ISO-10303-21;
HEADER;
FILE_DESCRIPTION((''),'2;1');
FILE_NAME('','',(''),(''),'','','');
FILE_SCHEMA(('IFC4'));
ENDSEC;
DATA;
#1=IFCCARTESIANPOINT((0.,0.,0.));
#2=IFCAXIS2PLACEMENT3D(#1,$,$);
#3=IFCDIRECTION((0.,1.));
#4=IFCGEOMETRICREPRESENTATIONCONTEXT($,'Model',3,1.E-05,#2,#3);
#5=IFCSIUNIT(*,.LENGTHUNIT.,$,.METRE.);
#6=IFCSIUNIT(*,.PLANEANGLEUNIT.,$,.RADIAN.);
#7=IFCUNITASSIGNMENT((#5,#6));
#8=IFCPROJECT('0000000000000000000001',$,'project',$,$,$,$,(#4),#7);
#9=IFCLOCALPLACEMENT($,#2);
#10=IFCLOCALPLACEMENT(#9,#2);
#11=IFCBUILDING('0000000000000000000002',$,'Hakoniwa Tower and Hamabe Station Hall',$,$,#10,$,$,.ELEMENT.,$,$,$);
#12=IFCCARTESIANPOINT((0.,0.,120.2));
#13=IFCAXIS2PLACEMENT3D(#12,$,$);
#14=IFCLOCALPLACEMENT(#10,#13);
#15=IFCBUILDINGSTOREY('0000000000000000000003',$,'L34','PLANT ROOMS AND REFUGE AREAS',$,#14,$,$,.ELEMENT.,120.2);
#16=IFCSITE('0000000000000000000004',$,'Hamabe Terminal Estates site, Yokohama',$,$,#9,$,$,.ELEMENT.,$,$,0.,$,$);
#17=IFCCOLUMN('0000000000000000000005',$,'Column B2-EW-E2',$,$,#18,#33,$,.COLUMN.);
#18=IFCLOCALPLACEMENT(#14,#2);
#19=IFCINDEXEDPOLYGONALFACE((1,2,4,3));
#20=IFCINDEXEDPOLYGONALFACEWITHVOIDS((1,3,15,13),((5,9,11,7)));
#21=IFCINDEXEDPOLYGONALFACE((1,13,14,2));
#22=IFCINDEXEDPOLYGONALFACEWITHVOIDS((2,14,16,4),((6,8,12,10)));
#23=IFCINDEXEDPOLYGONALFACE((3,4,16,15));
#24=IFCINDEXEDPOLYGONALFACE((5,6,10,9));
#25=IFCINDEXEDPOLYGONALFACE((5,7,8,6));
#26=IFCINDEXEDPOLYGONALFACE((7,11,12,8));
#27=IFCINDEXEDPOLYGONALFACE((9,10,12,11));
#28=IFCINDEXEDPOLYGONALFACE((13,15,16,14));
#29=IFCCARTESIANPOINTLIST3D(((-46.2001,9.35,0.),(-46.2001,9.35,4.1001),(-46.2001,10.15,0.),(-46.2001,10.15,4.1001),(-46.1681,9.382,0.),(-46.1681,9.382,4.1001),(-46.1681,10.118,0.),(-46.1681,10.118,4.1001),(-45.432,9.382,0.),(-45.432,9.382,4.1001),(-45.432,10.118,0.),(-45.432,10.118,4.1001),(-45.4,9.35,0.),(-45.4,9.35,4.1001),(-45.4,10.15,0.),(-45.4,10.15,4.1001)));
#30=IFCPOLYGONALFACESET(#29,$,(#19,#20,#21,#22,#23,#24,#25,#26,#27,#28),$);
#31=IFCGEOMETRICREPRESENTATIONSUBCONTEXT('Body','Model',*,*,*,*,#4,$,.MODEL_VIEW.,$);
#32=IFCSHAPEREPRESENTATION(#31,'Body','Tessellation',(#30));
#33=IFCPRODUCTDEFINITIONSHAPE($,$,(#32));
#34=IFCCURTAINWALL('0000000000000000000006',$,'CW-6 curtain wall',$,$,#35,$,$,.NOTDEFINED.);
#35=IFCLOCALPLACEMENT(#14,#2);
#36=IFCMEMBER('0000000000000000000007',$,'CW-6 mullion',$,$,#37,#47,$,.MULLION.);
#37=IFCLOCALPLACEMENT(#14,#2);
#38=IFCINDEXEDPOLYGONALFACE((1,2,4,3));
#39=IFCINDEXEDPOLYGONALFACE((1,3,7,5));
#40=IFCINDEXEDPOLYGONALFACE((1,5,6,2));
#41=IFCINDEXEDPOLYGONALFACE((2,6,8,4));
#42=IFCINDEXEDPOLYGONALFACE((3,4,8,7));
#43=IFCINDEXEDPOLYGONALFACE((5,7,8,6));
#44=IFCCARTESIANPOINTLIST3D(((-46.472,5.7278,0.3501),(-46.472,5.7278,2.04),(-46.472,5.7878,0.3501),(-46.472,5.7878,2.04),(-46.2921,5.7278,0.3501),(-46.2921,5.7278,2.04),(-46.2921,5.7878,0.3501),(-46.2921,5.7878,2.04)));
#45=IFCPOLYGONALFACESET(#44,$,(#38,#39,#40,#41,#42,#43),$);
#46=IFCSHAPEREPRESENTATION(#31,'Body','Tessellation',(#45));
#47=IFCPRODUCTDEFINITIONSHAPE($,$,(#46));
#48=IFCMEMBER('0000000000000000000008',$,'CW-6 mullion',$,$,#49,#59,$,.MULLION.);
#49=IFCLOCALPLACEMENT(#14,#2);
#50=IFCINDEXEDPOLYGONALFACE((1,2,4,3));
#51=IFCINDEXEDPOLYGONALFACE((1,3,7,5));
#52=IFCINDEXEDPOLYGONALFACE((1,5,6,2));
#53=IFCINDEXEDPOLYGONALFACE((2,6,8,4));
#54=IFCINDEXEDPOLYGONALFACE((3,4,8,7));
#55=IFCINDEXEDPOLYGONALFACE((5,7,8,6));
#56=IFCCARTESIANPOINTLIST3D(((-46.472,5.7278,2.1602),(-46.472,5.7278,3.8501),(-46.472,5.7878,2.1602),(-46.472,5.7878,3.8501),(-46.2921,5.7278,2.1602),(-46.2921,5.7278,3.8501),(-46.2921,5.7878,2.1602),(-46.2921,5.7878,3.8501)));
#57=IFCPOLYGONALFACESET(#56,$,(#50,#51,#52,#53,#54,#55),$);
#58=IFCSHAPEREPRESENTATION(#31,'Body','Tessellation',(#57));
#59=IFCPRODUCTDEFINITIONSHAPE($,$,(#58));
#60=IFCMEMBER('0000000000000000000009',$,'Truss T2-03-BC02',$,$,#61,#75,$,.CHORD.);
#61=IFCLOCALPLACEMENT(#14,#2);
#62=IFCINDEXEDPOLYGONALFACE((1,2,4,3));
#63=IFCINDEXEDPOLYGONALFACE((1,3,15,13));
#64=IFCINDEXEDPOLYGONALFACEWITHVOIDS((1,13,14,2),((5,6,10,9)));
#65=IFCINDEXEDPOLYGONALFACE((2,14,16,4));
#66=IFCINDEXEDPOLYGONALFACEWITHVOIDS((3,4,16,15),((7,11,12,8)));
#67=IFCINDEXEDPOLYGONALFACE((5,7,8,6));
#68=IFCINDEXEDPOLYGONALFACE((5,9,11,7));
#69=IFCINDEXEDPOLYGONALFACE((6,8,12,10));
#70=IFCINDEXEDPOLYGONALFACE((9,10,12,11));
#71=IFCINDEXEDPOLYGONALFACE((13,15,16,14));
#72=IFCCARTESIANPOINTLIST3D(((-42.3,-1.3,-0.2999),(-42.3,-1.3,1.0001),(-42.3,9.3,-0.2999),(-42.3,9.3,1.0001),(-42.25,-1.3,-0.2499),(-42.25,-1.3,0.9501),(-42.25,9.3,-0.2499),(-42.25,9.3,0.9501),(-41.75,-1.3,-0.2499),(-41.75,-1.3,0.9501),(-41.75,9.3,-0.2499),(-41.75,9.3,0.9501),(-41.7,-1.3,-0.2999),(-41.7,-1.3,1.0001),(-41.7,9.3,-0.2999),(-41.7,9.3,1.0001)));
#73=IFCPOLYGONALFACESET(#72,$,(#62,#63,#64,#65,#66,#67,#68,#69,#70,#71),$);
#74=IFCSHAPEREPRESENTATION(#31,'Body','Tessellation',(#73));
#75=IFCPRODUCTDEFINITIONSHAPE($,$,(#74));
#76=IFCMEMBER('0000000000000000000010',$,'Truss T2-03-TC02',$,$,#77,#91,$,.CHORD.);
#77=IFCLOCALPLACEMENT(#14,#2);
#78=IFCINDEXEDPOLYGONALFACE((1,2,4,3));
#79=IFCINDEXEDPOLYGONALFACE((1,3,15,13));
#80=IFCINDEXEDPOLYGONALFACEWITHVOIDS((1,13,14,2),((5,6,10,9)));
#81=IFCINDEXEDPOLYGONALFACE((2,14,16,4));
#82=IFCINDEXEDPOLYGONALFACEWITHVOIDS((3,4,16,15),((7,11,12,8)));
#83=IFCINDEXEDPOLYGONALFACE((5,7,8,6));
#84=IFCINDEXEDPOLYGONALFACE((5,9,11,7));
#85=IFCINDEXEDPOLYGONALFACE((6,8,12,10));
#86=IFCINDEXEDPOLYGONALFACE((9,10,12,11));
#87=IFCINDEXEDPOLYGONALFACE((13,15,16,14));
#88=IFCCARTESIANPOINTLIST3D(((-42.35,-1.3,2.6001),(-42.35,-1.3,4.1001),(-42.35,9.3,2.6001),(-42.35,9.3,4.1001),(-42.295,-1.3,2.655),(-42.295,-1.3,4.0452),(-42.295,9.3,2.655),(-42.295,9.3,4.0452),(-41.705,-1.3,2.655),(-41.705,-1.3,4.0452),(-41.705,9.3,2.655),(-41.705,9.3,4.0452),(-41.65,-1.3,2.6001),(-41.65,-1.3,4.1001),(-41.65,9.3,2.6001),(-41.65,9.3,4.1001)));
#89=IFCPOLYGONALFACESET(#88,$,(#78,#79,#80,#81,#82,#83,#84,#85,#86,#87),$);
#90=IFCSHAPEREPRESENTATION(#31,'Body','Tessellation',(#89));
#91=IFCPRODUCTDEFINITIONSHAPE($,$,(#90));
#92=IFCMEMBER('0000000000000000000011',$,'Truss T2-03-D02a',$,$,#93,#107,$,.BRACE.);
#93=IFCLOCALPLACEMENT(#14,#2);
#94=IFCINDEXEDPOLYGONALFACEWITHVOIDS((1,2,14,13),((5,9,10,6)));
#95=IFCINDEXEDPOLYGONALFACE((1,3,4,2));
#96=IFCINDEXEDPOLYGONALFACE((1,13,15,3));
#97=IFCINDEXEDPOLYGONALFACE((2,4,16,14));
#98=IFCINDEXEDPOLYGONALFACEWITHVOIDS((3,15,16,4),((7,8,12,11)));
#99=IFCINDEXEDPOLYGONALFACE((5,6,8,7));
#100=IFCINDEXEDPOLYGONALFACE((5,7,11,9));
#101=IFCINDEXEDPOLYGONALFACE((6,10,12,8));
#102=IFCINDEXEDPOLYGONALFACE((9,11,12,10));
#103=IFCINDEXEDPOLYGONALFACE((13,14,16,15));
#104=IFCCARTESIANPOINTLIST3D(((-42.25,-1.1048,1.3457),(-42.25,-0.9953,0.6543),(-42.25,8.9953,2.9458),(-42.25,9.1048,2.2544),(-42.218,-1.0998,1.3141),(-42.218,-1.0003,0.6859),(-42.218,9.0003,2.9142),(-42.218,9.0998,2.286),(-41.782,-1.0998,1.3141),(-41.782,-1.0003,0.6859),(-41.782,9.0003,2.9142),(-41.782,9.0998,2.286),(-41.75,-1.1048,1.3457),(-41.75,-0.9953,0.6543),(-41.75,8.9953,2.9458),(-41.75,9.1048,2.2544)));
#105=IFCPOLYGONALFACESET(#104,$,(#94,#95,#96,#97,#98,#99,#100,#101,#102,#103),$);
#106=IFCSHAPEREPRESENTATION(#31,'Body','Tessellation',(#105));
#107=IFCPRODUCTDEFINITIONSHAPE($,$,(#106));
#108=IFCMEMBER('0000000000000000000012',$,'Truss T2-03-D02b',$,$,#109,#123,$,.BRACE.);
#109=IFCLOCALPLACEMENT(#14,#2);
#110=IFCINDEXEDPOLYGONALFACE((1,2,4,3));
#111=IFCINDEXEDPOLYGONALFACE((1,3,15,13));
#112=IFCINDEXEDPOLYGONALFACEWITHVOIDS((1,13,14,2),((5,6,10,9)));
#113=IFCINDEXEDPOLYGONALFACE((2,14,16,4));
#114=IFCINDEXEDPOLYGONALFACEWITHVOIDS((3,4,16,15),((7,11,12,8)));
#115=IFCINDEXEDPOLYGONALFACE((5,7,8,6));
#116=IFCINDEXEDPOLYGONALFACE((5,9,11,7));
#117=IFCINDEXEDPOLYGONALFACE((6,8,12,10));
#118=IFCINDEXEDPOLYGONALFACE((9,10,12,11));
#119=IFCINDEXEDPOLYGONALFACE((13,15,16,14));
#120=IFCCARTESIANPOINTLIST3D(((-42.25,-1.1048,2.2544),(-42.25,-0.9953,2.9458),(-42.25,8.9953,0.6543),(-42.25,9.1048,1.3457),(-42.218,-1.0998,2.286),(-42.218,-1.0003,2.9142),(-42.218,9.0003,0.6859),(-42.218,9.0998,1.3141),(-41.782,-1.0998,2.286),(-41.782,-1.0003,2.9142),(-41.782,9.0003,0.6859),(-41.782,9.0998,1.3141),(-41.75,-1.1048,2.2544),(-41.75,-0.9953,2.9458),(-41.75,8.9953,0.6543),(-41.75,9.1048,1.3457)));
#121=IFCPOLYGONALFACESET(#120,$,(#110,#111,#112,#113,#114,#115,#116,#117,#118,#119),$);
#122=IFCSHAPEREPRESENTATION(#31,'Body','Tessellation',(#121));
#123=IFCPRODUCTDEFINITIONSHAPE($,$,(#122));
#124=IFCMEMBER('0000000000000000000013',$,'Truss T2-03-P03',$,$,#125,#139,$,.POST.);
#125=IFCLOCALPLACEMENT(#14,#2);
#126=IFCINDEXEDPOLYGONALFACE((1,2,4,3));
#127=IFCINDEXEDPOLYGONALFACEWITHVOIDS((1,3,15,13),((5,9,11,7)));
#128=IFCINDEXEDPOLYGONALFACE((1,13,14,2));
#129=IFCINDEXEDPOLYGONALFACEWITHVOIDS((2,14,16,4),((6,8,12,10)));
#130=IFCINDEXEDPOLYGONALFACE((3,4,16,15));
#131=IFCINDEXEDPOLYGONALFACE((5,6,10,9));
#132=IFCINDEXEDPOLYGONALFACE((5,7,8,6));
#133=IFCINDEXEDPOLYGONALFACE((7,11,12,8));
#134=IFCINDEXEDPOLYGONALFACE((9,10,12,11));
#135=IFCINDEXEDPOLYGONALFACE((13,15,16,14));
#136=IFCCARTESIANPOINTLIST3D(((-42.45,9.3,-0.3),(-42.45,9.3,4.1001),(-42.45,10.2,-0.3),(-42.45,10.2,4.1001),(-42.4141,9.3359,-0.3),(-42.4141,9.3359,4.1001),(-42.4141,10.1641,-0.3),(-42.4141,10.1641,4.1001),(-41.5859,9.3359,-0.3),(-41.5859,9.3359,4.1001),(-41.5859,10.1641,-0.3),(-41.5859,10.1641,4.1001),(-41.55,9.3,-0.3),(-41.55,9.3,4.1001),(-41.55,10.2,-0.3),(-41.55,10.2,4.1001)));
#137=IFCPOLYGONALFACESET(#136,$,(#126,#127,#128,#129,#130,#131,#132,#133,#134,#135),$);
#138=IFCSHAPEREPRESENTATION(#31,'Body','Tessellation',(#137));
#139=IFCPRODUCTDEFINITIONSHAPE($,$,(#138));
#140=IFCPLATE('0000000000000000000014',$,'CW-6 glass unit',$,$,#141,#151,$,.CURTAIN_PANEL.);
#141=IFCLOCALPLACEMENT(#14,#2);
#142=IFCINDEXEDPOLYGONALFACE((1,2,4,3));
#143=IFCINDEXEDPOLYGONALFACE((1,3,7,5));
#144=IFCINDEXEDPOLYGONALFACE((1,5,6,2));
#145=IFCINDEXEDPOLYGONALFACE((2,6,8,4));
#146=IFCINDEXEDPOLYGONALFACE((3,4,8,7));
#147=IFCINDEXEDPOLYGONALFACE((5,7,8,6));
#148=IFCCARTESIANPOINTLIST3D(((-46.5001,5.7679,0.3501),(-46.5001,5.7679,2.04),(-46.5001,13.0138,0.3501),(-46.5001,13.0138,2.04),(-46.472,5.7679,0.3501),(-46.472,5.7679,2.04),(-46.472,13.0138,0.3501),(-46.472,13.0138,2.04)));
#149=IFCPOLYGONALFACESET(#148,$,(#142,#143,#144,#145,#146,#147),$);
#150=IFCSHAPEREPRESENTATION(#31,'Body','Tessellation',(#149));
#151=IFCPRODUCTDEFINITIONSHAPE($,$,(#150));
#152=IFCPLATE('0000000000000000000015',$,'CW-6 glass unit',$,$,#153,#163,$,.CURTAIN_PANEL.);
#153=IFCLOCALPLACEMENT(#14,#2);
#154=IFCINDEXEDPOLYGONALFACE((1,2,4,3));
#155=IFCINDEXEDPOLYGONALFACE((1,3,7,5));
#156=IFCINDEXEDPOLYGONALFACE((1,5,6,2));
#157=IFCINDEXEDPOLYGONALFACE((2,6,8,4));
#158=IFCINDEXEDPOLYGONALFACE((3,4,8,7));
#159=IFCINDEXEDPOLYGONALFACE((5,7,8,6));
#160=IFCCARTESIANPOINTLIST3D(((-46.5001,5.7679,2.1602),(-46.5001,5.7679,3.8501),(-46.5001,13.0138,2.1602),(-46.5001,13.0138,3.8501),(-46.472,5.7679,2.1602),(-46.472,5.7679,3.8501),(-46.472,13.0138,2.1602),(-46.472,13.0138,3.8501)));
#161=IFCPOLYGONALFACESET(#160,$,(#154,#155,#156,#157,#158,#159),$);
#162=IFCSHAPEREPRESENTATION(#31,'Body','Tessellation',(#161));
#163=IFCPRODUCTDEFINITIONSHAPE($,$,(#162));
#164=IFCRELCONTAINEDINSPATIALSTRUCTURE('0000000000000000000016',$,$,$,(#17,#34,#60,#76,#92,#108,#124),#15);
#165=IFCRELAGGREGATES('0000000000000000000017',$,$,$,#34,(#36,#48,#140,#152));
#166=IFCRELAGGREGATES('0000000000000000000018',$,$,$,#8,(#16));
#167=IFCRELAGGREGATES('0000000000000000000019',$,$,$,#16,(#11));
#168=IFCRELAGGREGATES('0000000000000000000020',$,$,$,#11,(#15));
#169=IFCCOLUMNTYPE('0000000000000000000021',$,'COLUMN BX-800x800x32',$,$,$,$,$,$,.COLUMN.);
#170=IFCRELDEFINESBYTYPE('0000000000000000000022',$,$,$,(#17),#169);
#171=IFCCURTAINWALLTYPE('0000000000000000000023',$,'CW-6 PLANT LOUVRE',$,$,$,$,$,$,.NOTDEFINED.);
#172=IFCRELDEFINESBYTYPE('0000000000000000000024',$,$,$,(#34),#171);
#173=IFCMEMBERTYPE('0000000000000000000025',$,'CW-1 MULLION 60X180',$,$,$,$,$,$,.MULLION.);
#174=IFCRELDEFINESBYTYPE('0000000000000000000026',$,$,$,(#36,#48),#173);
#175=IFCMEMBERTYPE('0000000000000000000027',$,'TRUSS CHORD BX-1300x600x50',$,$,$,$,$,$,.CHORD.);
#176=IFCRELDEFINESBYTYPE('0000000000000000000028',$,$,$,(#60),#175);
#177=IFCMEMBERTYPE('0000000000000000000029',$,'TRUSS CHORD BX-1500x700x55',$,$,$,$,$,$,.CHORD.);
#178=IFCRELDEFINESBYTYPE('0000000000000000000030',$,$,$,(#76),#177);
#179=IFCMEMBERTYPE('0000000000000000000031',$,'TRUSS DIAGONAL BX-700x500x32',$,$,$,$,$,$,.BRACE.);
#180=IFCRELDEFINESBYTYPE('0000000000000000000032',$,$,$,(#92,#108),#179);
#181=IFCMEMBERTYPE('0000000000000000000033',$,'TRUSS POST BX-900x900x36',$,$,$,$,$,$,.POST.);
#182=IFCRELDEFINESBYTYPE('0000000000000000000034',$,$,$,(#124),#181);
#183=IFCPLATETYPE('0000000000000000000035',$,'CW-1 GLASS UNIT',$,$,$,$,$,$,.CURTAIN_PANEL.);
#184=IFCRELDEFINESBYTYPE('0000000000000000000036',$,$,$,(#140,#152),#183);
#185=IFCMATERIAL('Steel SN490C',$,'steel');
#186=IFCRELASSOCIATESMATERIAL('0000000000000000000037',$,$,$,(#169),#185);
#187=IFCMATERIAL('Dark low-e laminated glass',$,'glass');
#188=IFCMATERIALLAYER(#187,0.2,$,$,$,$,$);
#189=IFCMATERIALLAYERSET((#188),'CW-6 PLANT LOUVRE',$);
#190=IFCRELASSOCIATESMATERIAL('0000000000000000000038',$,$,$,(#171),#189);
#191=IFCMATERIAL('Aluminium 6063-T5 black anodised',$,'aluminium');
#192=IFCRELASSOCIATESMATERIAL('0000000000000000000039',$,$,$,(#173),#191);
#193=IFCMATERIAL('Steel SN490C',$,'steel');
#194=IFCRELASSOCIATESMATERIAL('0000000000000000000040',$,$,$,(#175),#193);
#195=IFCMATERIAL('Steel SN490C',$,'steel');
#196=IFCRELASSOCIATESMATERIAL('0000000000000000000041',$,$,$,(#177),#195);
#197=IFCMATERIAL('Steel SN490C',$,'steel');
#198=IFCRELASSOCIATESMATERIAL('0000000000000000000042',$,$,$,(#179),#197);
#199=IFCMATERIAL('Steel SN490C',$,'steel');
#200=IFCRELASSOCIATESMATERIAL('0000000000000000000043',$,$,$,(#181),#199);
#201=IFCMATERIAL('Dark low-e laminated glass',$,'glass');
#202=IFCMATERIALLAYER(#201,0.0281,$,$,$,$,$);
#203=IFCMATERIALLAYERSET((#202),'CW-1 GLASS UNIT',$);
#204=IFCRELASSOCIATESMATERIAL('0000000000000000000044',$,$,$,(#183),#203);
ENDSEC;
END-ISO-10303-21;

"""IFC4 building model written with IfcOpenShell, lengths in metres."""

from ifc_helpers import new_model, si_unit, direction, frame, origin, origin_2d, place, context, subcontext, project, spatial, rectangle, hollow_rectangle, extrude, material, layer, layer_set, material_profile, profile_set, type_object, element, aggregate, save


model = new_model("IFC4")

# Units and contexts
model_context = context("Model", 3, precision=1e-05, world=origin(), true_north=direction((0.0, 1.0)))
body_context = subcontext(model_context, "Body", "Model", "MODEL_VIEW")
ifc_project = project(units=[si_unit("LENGTHUNIT", "METRE"), si_unit("PLANEANGLEUNIT", "RADIAN")], contexts=[model_context])

# Site, building, storey
site_placement = place(None, origin())
site = spatial("IfcSite", under=ifc_project, at=site_placement, Name="Hamabe Terminal Estates site, Yokohama", CompositionType="ELEMENT", RefElevation=0.0)
building_placement = place(site_placement, origin())
building = spatial("IfcBuilding", under=site, at=building_placement, Name="Hakoniwa Tower and Hamabe Station Hall", CompositionType="ELEMENT")
storey_placement = place(building_placement, frame((0.0, 0.0, 120.2)))
storey = spatial("IfcBuildingStorey", under=building, at=storey_placement, Name="L34", Description="PLANT ROOMS AND REFUGE AREAS", CompositionType="ELEMENT", Elevation=120.2)

# Column
ifc_material_1 = material(Name="Steel SN490C", Category="steel")
ifc_material_profile_1 = material_profile(ifc_material_1, hollow_rectangle(XDim=0.8, YDim=0.8, WallThickness=0.032, at=origin_2d()), Name="BX-800x800x32")
ifc_profile_set_1 = profile_set([ifc_material_profile_1], Name="Steel SN490C")
column_type = type_object("IfcColumnType", Name="COLUMN BX-800x800x32", PredefinedType="COLUMN", material=ifc_profile_set_1)
column_placement = place(storey_placement, frame((-45.8, 9.75, 0.0), z_axis=(0.0, 0.0, 1.0), x_axis=(1.0, 0.0, 0.0)))
element("IfcColumn", 1, at=column_placement, inside=storey, type_object=column_type, Name="Column B2-EW-E2", PredefinedType="COLUMN", context=body_context, shape_type="SweptSolid", body=[
    extrude(hollow_rectangle(XDim=0.8, YDim=0.8, WallThickness=0.032, at=origin_2d()), origin(), (0.0, 0.0, 1.0), 4.1001),
])

# Curtain wall, members
ifc_material_2 = material(Name="Dark low-e laminated glass", Category="glass")
ifc_layer_1 = layer(ifc_material_2, 0.2)
ifc_layer_set_1 = layer_set([ifc_layer_1], Name="CW-6 PLANT LOUVRE")
curtain_wall_type = type_object("IfcCurtainWallType", Name="CW-6 PLANT LOUVRE", PredefinedType="NOTDEFINED", material=ifc_layer_set_1)
curtain_wall_placement = place(storey_placement, origin())
curtain_wall = element("IfcCurtainWall", 2, at=curtain_wall_placement, inside=storey, type_object=curtain_wall_type, Name="CW-6 curtain wall", PredefinedType="NOTDEFINED")
ifc_material_3 = material(Name="Aluminium 6063-T5 black anodised", Category="aluminium")
ifc_material_profile_2 = material_profile(ifc_material_3, rectangle(XDim=0.0601, YDim=0.1799, at=origin_2d()), Name="CW-1 MULLION 60X180")
ifc_profile_set_2 = profile_set([ifc_material_profile_2], Name="Aluminium 6063-T5 black anodised")
member_type_1 = type_object("IfcMemberType", Name="CW-1 MULLION 60X180", PredefinedType="MULLION", material=ifc_profile_set_2)
member_1_placement = place(storey_placement, frame((-46.3821, 5.7578, 0.3501), z_axis=(0.0, 0.0, 1.0), x_axis=(0.0, -1.0, 0.0)))
member_1 = element("IfcMember", 3, at=member_1_placement, type_object=member_type_1, Name="CW-6 mullion", PredefinedType="MULLION", context=body_context, shape_type="SweptSolid", body=[
    extrude(rectangle(XDim=0.0601, YDim=0.1799, at=origin_2d()), origin(), (0.0, 0.0, 1.0), 1.6899),
])
member_2_placement = place(storey_placement, frame((-46.3821, 5.7578, 2.1602), z_axis=(0.0, 0.0, 1.0), x_axis=(0.0, -1.0, 0.0)))
member_2 = element("IfcMember", 4, at=member_2_placement, type_object=member_type_1, Name="CW-6 mullion", PredefinedType="MULLION", context=body_context, shape_type="SweptSolid", body=[
    extrude(rectangle(XDim=0.0601, YDim=0.1799, at=origin_2d()), origin(), (0.0, 0.0, 1.0), 1.6899),
])

# Members
ifc_material_4 = material(Name="Steel SN490C", Category="steel")
ifc_material_profile_3 = material_profile(ifc_material_4, hollow_rectangle(XDim=0.6001, YDim=1.3, WallThickness=0.05, at=origin_2d()), Name="BX-1300x600x50")
ifc_profile_set_3 = profile_set([ifc_material_profile_3], Name="Steel SN490C")
member_type_2 = type_object("IfcMemberType", Name="TRUSS CHORD BX-1300x600x50", PredefinedType="CHORD", material=ifc_profile_set_3)
member_3_placement = place(storey_placement, frame((-42.0, -1.3, 0.3501), z_axis=(0.0, 1.0, 0.0), x_axis=(-1.0, 0.0, 0.0)))
element("IfcMember", 5, at=member_3_placement, inside=storey, type_object=member_type_2, Name="Truss T2-03-BC02", PredefinedType="CHORD", context=body_context, shape_type="SweptSolid", body=[
    extrude(hollow_rectangle(XDim=0.6001, YDim=1.3, WallThickness=0.05, at=origin_2d()), origin(), (0.0, 0.0, 1.0), 10.6001),
])
ifc_material_5 = material(Name="Steel SN490C", Category="steel")
ifc_material_profile_4 = material_profile(ifc_material_5, hollow_rectangle(XDim=0.7, YDim=1.5, WallThickness=0.0549, at=origin_2d()), Name="BX-1500x700x55")
ifc_profile_set_4 = profile_set([ifc_material_profile_4], Name="Steel SN490C")
member_type_3 = type_object("IfcMemberType", Name="TRUSS CHORD BX-1500x700x55", PredefinedType="CHORD", material=ifc_profile_set_4)
member_4_placement = place(storey_placement, frame((-42.0, -1.3, 3.3501), z_axis=(0.0, 1.0, 0.0), x_axis=(-1.0, 0.0, 0.0)))
element("IfcMember", 6, at=member_4_placement, inside=storey, type_object=member_type_3, Name="Truss T2-03-TC02", PredefinedType="CHORD", context=body_context, shape_type="SweptSolid", body=[
    extrude(hollow_rectangle(XDim=0.7, YDim=1.5, WallThickness=0.0549, at=origin_2d()), origin(), (0.0, 0.0, 1.0), 10.6001),
])
ifc_material_6 = material(Name="Steel SN490C", Category="steel")
ifc_material_profile_5 = material_profile(ifc_material_6, hollow_rectangle(XDim=0.5, YDim=0.7, WallThickness=0.032, at=origin_2d()), Name="BX-700x500x32")
ifc_profile_set_5 = profile_set([ifc_material_profile_5], Name="Steel SN490C")
member_type_4 = type_object("IfcMemberType", Name="TRUSS DIAGONAL BX-700x500x32", PredefinedType="BRACE", material=ifc_profile_set_5)
for number, where, z_axis, x_axis, name in (
    (7, (-42.0, -1.05, 1.0), (0.0, 0.987682, 0.156473), (-1.0, 0.0, 0.0), "Truss T2-03-D02a"),
    (8, (-42.0, -1.05, 2.6001), (0.0, 0.987682, -0.156473), (-1.0, 0.0, 0.0), "Truss T2-03-D02b"),
):
    element("IfcMember", number, at=place(storey_placement, frame(where, z_axis=z_axis, x_axis=x_axis)), inside=storey, type_object=member_type_4, Name=name, PredefinedType="BRACE", context=body_context, shape_type="SweptSolid", body=[
        extrude(hollow_rectangle(XDim=0.5, YDim=0.7, WallThickness=0.032, at=origin_2d()), origin(), (0.0, 0.0, 1.0), 10.2261),
    ])
ifc_material_7 = material(Name="Steel SN490C", Category="steel")
ifc_material_profile_6 = material_profile(ifc_material_7, hollow_rectangle(XDim=0.8999, YDim=0.8999, WallThickness=0.0359, at=origin_2d()), Name="BX-900x900x36")
ifc_profile_set_6 = profile_set([ifc_material_profile_6], Name="Steel SN490C")
member_type_5 = type_object("IfcMemberType", Name="TRUSS POST BX-900x900x36", PredefinedType="POST", material=ifc_profile_set_6)
member_5_placement = place(storey_placement, frame((-42.0, 9.75, -0.3), z_axis=(0.0, 0.0, 1.0), x_axis=(1.0, 0.0, 0.0)))
element("IfcMember", 9, at=member_5_placement, inside=storey, type_object=member_type_5, Name="Truss T2-03-P03", PredefinedType="POST", context=body_context, shape_type="SweptSolid", body=[
    extrude(hollow_rectangle(XDim=0.8999, YDim=0.8999, WallThickness=0.0359, at=origin_2d()), origin(), (0.0, 0.0, 1.0), 4.4001),
])

# Plates
ifc_material_8 = material(Name="Dark low-e laminated glass", Category="glass")
ifc_layer_2 = layer(ifc_material_8, 0.0281)
ifc_layer_set_2 = layer_set([ifc_layer_2], Name="CW-1 GLASS UNIT")
plate_type = type_object("IfcPlateType", Name="CW-1 GLASS UNIT", PredefinedType="CURTAIN_PANEL", material=ifc_layer_set_2)
plate_1_placement = place(storey_placement, frame((-46.4861, 9.3909, 0.3501), z_axis=(0.0, 0.0, 1.0), x_axis=(0.0, -1.0, 0.0)))
plate_1 = element("IfcPlate", 10, at=plate_1_placement, type_object=plate_type, Name="CW-6 glass unit", PredefinedType="CURTAIN_PANEL", context=body_context, shape_type="SweptSolid", body=[
    extrude(rectangle(XDim=7.2458, YDim=0.0281, at=origin_2d()), origin(), (0.0, 0.0, 1.0), 1.6899),
])
plate_2_placement = place(storey_placement, frame((-46.4861, 9.3909, 2.1602), z_axis=(0.0, 0.0, 1.0), x_axis=(0.0, -1.0, 0.0)))
plate_2 = element("IfcPlate", 11, at=plate_2_placement, type_object=plate_type, Name="CW-6 glass unit", PredefinedType="CURTAIN_PANEL", context=body_context, shape_type="SweptSolid", body=[
    extrude(rectangle(XDim=7.2458, YDim=0.0281, at=origin_2d()), origin(), (0.0, 0.0, 1.0), 1.6899),
])

aggregate(curtain_wall, [member_1, member_2, plate_1, plate_2])

save(model, "model.ifc")
